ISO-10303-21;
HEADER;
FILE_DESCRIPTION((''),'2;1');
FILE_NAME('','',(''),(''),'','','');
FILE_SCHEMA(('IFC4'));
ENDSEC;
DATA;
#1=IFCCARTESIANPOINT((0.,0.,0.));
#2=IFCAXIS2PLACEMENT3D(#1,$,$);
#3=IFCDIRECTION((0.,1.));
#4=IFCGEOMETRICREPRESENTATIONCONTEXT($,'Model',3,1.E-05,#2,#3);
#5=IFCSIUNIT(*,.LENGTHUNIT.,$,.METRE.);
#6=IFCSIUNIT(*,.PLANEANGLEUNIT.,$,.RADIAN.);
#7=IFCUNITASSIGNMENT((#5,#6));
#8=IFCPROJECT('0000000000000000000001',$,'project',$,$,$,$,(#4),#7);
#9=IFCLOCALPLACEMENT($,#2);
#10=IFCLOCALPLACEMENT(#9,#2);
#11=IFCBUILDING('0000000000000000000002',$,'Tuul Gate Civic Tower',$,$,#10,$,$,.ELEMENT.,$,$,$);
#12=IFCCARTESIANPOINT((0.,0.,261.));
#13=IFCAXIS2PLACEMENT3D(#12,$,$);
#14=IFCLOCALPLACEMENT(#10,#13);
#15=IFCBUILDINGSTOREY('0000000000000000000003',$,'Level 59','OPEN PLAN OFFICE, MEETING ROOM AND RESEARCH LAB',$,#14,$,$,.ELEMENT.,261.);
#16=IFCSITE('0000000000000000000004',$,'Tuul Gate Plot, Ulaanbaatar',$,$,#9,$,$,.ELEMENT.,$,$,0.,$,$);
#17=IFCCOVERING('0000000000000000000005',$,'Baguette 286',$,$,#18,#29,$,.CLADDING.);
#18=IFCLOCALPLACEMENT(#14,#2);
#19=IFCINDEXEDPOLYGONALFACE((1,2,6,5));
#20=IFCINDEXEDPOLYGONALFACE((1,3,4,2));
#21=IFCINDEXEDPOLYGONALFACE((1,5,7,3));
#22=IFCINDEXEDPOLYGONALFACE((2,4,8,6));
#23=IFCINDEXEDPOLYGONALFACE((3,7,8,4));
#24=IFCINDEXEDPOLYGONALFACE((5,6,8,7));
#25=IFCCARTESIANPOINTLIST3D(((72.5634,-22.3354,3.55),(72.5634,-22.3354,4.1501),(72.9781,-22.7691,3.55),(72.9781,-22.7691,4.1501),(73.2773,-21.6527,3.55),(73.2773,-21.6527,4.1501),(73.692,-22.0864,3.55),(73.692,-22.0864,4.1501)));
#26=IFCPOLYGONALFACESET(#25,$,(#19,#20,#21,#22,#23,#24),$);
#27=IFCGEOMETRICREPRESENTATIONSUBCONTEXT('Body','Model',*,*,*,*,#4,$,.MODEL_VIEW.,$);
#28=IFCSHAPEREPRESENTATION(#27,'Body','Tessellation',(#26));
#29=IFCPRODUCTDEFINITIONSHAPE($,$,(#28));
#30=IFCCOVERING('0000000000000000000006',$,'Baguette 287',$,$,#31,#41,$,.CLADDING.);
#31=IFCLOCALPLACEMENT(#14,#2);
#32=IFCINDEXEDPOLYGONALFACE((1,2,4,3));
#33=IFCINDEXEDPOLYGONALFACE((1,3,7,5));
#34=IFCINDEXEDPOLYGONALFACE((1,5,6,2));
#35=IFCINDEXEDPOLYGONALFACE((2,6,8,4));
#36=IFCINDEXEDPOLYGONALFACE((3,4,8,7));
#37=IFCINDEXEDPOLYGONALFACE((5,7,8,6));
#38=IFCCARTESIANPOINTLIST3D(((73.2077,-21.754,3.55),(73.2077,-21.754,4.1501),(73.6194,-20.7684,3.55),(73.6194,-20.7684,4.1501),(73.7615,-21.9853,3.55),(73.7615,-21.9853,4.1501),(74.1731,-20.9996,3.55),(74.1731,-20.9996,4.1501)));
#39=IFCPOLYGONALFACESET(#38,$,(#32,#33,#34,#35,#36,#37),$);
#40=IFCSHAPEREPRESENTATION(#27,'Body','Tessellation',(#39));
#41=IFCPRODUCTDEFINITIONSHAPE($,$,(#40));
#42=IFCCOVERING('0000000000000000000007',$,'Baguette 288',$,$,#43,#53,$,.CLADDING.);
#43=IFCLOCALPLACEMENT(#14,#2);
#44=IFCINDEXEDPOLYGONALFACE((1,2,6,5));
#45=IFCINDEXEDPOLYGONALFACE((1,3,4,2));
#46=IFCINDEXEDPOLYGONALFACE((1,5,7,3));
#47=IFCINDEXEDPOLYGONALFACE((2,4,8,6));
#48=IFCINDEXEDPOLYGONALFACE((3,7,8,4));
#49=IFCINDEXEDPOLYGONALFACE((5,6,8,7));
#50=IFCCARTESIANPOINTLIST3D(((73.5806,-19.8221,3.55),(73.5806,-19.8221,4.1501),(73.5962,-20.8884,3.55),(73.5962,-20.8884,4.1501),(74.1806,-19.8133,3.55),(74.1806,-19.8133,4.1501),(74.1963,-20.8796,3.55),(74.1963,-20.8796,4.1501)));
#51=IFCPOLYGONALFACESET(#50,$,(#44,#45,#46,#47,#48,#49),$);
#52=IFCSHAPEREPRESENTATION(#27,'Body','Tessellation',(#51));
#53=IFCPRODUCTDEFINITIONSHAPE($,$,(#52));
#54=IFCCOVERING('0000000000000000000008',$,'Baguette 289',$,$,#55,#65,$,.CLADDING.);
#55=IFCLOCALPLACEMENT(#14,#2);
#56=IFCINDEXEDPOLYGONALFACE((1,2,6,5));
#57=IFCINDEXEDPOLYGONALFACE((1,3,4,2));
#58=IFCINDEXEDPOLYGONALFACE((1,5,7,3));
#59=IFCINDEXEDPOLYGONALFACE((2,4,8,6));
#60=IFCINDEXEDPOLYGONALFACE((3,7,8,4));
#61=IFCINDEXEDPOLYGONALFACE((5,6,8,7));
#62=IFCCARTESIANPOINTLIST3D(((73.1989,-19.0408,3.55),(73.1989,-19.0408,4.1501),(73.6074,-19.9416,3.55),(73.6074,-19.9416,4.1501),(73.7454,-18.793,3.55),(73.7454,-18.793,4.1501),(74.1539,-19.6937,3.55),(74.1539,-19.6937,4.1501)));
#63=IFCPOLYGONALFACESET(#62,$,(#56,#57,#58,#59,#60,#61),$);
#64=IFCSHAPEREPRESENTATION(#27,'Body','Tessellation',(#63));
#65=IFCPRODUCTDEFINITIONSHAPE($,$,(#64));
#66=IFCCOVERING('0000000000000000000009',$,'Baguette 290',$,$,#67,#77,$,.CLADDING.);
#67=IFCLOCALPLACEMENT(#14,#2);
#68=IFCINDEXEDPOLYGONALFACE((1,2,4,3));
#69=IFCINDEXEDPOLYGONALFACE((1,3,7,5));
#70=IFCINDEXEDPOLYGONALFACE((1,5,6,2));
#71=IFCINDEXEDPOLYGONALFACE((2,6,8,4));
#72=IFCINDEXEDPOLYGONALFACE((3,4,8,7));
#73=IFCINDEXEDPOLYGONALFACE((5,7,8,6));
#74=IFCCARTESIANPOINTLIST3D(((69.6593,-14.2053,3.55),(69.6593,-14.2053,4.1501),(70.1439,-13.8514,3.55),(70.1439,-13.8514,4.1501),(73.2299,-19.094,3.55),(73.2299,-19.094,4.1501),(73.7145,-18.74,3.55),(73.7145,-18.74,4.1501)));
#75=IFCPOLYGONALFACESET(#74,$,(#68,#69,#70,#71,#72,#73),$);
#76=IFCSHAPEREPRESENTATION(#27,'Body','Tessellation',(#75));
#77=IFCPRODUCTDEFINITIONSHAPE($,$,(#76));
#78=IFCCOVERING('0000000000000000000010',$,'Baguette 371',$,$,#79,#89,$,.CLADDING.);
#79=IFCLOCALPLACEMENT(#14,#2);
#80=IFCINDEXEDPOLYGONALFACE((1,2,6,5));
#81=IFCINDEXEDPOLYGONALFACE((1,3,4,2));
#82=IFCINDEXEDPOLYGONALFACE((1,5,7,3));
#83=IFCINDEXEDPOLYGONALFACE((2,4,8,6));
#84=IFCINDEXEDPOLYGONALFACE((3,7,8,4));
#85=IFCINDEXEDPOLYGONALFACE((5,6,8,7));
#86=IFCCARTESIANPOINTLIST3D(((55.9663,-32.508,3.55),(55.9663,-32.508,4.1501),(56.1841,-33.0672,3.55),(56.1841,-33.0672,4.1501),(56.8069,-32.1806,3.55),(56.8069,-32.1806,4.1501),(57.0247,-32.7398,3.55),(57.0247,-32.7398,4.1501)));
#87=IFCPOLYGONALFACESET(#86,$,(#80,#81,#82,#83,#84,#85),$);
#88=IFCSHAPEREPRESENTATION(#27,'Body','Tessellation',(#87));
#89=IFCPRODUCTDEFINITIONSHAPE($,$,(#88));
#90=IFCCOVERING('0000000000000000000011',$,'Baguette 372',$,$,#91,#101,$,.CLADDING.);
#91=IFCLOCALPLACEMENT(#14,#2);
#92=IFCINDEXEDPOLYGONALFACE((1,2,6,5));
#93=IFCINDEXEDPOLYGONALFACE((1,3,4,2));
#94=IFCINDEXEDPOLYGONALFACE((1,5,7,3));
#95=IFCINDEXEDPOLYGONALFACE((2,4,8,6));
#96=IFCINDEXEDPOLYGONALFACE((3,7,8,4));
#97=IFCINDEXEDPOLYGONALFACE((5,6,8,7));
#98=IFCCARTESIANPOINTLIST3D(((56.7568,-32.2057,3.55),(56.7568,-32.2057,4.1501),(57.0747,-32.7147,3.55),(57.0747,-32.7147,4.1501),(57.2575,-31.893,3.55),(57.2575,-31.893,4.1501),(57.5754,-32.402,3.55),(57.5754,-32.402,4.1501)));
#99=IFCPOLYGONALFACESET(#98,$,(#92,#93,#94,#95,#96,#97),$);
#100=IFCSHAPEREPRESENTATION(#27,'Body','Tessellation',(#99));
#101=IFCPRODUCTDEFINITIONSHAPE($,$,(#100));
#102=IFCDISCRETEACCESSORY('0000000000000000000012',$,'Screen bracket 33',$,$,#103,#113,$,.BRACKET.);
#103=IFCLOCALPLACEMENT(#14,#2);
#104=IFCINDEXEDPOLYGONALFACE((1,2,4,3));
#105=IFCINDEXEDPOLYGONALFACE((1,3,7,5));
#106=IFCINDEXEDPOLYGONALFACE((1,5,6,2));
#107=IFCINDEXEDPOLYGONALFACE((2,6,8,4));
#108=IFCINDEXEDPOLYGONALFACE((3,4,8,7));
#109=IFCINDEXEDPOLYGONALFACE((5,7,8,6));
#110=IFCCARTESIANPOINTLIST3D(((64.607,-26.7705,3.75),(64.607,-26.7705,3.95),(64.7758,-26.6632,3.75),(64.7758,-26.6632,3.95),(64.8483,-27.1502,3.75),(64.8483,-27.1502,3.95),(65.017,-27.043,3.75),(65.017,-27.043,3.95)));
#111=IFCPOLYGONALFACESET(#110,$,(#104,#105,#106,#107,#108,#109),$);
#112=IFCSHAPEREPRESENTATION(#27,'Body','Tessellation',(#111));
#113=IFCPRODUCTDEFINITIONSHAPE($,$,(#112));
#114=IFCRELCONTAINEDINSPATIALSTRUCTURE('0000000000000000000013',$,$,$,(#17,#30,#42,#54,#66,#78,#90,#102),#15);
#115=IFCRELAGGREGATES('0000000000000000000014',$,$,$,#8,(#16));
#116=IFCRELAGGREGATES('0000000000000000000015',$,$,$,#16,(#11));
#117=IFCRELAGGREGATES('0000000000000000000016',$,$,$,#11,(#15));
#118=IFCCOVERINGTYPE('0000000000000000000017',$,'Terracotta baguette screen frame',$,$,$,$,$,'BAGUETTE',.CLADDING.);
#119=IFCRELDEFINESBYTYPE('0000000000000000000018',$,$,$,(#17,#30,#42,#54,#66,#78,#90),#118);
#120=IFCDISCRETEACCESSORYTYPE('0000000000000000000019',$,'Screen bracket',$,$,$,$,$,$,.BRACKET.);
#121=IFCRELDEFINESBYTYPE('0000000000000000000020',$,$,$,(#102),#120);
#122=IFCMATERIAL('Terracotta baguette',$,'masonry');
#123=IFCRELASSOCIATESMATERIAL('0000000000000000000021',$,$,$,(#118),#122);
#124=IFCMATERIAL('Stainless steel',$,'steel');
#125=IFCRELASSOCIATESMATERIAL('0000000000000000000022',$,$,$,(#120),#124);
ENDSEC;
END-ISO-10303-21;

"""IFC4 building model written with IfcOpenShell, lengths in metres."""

from ifc_helpers import new_model, si_unit, direction, frame, origin, origin_2d, place, context, subcontext, project, spatial, rectangle, extrude, material, material_profile, profile_set, type_object, element, save


model = new_model("IFC4")

# Units and contexts
model_context = context("Model", 3, precision=1e-05, world=origin(), true_north=direction((0.0, 1.0)))
body_context = subcontext(model_context, "Body", "Model", "MODEL_VIEW")
ifc_project = project(units=[si_unit("LENGTHUNIT", "METRE"), si_unit("PLANEANGLEUNIT", "RADIAN")], contexts=[model_context])

# Site, building, storey
site_placement = place(None, origin())
site = spatial("IfcSite", under=ifc_project, at=site_placement, Name="Tuul Gate Plot, Ulaanbaatar", CompositionType="ELEMENT", RefElevation=0.0)
building_placement = place(site_placement, origin())
building = spatial("IfcBuilding", under=site, at=building_placement, Name="Tuul Gate Civic Tower", CompositionType="ELEMENT")
storey_placement = place(building_placement, frame((0.0, 0.0, 261.0)))
storey = spatial("IfcBuildingStorey", under=building, at=storey_placement, Name="Level 59", Description="OPEN PLAN OFFICE, MEETING ROOM AND RESEARCH LAB", CompositionType="ELEMENT", Elevation=261.0)

# Coverings
ifc_material_1 = material(Name="Terracotta baguette", Category="masonry")
ifc_material_profile_1 = material_profile(ifc_material_1, rectangle(XDim=0.6001, YDim=0.6001, at=origin_2d()), Name="Terracotta baguette screen frame")
ifc_profile_set_1 = profile_set([ifc_material_profile_1], Name="Terracotta baguette")
covering_type = type_object("IfcCoveringType", Name="Terracotta baguette screen frame", ElementType="BAGUETTE", PredefinedType="CLADDING", material=ifc_profile_set_1)
covering_1_placement = place(storey_placement, frame((72.7708, -22.5522, 3.8501), z_axis=(0.722749, 0.69111, 0.0), x_axis=(-0.69111, 0.722749, 0.0)))
element("IfcCovering", 1, at=covering_1_placement, inside=storey, type_object=covering_type, Name="Baguette 286", PredefinedType="CLADDING", context=body_context, shape_type="SweptSolid", body=[
    extrude(rectangle(XDim=0.6001, YDim=0.6001, at=origin_2d()), origin(), (0.0, 0.0, 1.0), 0.9878),
])
covering_2_placement = place(storey_placement, frame((73.4846, -21.8696, 3.8501), z_axis=(0.385378, 0.922759, 0.0), x_axis=(-0.922759, 0.385378, 0.0)))
element("IfcCovering", 2, at=covering_2_placement, inside=storey, type_object=covering_type, Name="Baguette 287", PredefinedType="CLADDING", context=body_context, shape_type="SweptSolid", body=[
    extrude(rectangle(XDim=0.6001, YDim=0.6001, at=origin_2d()), origin(), (0.0, 0.0, 1.0), 1.0681),
])
covering_3_placement = place(storey_placement, frame((73.8962, -20.884, 3.8501), z_axis=(-0.01465, 0.999893, 0.0), x_axis=(-0.999893, -0.01465, 0.0)))
element("IfcCovering", 3, at=covering_3_placement, inside=storey, type_object=covering_type, Name="Baguette 288", PredefinedType="CLADDING", context=body_context, shape_type="SweptSolid", body=[
    extrude(rectangle(XDim=0.6001, YDim=0.6001, at=origin_2d()), origin(), (0.0, 0.0, 1.0), 1.0664),
])
covering_4_placement = place(storey_placement, frame((73.8806, -19.8176, 3.8501), z_axis=(-0.413022, 0.910721, 0.0), x_axis=(-0.910721, -0.413022, 0.0)))
element("IfcCovering", 4, at=covering_4_placement, inside=storey, type_object=covering_type, Name="Baguette 289", PredefinedType="CLADDING", context=body_context, shape_type="SweptSolid", body=[
    extrude(rectangle(XDim=0.6001, YDim=0.6001, at=origin_2d()), origin(), (0.0, 0.0, 1.0), 0.989),
])
covering_5_placement = place(storey_placement, frame((73.4722, -18.917, 3.8501), z_axis=(-0.589808, 0.807543, 0.0), x_axis=(-0.807543, -0.589808, 0.0)))
element("IfcCovering", 5, at=covering_5_placement, inside=storey, type_object=covering_type, Name="Baguette 290", PredefinedType="CLADDING", context=body_context, shape_type="SweptSolid", body=[
    extrude(rectangle(XDim=0.6001, YDim=0.6001, at=origin_2d()), origin(), (0.0, 0.0, 1.0), 6.0537),
])
covering_6_placement = place(storey_placement, frame((56.0752, -32.7876, 3.8501), z_axis=(0.931817, 0.362929, 0.0), x_axis=(-0.362929, 0.931817, 0.0)))
element("IfcCovering", 6, at=covering_6_placement, inside=storey, type_object=covering_type, Name="Baguette 371", PredefinedType="CLADDING", context=body_context, shape_type="SweptSolid", body=[
    extrude(rectangle(XDim=0.6001, YDim=0.6001, at=origin_2d()), origin(), (0.0, 0.0, 1.0), 0.9021),
])
covering_7_placement = place(storey_placement, frame((56.9158, -32.4602, 3.8501), z_axis=(0.848161, 0.529739, 0.0), x_axis=(-0.529739, 0.848161, 0.0)))
element("IfcCovering", 7, at=covering_7_placement, inside=storey, type_object=covering_type, Name="Baguette 372", PredefinedType="CLADDING", context=body_context, shape_type="SweptSolid", body=[
    extrude(rectangle(XDim=0.6001, YDim=0.6001, at=origin_2d()), origin(), (0.0, 0.0, 1.0), 0.5903),
])

# Discrete accessory
ifc_material_2 = material(Name="Stainless steel", Category="steel")
discrete_accessory_type = type_object("IfcDiscreteAccessoryType", Name="Screen bracket", PredefinedType="BRACKET", material=ifc_material_2)
discrete_accessory_placement = place(storey_placement, frame((64.812, -26.9067, 3.75), z_axis=(0.0, 0.0, 1.0), x_axis=(0.536235, -0.844069, 0.0)))
element("IfcDiscreteAccessory", 8, at=discrete_accessory_placement, inside=storey, type_object=discrete_accessory_type, Name="Screen bracket 33", PredefinedType="BRACKET", context=body_context, shape_type="SweptSolid", body=[
    extrude(rectangle(XDim=0.45, YDim=0.2, at=origin_2d()), origin(), (0.0, 0.0, 1.0), 0.2),
])

save(model, "model.ifc")
